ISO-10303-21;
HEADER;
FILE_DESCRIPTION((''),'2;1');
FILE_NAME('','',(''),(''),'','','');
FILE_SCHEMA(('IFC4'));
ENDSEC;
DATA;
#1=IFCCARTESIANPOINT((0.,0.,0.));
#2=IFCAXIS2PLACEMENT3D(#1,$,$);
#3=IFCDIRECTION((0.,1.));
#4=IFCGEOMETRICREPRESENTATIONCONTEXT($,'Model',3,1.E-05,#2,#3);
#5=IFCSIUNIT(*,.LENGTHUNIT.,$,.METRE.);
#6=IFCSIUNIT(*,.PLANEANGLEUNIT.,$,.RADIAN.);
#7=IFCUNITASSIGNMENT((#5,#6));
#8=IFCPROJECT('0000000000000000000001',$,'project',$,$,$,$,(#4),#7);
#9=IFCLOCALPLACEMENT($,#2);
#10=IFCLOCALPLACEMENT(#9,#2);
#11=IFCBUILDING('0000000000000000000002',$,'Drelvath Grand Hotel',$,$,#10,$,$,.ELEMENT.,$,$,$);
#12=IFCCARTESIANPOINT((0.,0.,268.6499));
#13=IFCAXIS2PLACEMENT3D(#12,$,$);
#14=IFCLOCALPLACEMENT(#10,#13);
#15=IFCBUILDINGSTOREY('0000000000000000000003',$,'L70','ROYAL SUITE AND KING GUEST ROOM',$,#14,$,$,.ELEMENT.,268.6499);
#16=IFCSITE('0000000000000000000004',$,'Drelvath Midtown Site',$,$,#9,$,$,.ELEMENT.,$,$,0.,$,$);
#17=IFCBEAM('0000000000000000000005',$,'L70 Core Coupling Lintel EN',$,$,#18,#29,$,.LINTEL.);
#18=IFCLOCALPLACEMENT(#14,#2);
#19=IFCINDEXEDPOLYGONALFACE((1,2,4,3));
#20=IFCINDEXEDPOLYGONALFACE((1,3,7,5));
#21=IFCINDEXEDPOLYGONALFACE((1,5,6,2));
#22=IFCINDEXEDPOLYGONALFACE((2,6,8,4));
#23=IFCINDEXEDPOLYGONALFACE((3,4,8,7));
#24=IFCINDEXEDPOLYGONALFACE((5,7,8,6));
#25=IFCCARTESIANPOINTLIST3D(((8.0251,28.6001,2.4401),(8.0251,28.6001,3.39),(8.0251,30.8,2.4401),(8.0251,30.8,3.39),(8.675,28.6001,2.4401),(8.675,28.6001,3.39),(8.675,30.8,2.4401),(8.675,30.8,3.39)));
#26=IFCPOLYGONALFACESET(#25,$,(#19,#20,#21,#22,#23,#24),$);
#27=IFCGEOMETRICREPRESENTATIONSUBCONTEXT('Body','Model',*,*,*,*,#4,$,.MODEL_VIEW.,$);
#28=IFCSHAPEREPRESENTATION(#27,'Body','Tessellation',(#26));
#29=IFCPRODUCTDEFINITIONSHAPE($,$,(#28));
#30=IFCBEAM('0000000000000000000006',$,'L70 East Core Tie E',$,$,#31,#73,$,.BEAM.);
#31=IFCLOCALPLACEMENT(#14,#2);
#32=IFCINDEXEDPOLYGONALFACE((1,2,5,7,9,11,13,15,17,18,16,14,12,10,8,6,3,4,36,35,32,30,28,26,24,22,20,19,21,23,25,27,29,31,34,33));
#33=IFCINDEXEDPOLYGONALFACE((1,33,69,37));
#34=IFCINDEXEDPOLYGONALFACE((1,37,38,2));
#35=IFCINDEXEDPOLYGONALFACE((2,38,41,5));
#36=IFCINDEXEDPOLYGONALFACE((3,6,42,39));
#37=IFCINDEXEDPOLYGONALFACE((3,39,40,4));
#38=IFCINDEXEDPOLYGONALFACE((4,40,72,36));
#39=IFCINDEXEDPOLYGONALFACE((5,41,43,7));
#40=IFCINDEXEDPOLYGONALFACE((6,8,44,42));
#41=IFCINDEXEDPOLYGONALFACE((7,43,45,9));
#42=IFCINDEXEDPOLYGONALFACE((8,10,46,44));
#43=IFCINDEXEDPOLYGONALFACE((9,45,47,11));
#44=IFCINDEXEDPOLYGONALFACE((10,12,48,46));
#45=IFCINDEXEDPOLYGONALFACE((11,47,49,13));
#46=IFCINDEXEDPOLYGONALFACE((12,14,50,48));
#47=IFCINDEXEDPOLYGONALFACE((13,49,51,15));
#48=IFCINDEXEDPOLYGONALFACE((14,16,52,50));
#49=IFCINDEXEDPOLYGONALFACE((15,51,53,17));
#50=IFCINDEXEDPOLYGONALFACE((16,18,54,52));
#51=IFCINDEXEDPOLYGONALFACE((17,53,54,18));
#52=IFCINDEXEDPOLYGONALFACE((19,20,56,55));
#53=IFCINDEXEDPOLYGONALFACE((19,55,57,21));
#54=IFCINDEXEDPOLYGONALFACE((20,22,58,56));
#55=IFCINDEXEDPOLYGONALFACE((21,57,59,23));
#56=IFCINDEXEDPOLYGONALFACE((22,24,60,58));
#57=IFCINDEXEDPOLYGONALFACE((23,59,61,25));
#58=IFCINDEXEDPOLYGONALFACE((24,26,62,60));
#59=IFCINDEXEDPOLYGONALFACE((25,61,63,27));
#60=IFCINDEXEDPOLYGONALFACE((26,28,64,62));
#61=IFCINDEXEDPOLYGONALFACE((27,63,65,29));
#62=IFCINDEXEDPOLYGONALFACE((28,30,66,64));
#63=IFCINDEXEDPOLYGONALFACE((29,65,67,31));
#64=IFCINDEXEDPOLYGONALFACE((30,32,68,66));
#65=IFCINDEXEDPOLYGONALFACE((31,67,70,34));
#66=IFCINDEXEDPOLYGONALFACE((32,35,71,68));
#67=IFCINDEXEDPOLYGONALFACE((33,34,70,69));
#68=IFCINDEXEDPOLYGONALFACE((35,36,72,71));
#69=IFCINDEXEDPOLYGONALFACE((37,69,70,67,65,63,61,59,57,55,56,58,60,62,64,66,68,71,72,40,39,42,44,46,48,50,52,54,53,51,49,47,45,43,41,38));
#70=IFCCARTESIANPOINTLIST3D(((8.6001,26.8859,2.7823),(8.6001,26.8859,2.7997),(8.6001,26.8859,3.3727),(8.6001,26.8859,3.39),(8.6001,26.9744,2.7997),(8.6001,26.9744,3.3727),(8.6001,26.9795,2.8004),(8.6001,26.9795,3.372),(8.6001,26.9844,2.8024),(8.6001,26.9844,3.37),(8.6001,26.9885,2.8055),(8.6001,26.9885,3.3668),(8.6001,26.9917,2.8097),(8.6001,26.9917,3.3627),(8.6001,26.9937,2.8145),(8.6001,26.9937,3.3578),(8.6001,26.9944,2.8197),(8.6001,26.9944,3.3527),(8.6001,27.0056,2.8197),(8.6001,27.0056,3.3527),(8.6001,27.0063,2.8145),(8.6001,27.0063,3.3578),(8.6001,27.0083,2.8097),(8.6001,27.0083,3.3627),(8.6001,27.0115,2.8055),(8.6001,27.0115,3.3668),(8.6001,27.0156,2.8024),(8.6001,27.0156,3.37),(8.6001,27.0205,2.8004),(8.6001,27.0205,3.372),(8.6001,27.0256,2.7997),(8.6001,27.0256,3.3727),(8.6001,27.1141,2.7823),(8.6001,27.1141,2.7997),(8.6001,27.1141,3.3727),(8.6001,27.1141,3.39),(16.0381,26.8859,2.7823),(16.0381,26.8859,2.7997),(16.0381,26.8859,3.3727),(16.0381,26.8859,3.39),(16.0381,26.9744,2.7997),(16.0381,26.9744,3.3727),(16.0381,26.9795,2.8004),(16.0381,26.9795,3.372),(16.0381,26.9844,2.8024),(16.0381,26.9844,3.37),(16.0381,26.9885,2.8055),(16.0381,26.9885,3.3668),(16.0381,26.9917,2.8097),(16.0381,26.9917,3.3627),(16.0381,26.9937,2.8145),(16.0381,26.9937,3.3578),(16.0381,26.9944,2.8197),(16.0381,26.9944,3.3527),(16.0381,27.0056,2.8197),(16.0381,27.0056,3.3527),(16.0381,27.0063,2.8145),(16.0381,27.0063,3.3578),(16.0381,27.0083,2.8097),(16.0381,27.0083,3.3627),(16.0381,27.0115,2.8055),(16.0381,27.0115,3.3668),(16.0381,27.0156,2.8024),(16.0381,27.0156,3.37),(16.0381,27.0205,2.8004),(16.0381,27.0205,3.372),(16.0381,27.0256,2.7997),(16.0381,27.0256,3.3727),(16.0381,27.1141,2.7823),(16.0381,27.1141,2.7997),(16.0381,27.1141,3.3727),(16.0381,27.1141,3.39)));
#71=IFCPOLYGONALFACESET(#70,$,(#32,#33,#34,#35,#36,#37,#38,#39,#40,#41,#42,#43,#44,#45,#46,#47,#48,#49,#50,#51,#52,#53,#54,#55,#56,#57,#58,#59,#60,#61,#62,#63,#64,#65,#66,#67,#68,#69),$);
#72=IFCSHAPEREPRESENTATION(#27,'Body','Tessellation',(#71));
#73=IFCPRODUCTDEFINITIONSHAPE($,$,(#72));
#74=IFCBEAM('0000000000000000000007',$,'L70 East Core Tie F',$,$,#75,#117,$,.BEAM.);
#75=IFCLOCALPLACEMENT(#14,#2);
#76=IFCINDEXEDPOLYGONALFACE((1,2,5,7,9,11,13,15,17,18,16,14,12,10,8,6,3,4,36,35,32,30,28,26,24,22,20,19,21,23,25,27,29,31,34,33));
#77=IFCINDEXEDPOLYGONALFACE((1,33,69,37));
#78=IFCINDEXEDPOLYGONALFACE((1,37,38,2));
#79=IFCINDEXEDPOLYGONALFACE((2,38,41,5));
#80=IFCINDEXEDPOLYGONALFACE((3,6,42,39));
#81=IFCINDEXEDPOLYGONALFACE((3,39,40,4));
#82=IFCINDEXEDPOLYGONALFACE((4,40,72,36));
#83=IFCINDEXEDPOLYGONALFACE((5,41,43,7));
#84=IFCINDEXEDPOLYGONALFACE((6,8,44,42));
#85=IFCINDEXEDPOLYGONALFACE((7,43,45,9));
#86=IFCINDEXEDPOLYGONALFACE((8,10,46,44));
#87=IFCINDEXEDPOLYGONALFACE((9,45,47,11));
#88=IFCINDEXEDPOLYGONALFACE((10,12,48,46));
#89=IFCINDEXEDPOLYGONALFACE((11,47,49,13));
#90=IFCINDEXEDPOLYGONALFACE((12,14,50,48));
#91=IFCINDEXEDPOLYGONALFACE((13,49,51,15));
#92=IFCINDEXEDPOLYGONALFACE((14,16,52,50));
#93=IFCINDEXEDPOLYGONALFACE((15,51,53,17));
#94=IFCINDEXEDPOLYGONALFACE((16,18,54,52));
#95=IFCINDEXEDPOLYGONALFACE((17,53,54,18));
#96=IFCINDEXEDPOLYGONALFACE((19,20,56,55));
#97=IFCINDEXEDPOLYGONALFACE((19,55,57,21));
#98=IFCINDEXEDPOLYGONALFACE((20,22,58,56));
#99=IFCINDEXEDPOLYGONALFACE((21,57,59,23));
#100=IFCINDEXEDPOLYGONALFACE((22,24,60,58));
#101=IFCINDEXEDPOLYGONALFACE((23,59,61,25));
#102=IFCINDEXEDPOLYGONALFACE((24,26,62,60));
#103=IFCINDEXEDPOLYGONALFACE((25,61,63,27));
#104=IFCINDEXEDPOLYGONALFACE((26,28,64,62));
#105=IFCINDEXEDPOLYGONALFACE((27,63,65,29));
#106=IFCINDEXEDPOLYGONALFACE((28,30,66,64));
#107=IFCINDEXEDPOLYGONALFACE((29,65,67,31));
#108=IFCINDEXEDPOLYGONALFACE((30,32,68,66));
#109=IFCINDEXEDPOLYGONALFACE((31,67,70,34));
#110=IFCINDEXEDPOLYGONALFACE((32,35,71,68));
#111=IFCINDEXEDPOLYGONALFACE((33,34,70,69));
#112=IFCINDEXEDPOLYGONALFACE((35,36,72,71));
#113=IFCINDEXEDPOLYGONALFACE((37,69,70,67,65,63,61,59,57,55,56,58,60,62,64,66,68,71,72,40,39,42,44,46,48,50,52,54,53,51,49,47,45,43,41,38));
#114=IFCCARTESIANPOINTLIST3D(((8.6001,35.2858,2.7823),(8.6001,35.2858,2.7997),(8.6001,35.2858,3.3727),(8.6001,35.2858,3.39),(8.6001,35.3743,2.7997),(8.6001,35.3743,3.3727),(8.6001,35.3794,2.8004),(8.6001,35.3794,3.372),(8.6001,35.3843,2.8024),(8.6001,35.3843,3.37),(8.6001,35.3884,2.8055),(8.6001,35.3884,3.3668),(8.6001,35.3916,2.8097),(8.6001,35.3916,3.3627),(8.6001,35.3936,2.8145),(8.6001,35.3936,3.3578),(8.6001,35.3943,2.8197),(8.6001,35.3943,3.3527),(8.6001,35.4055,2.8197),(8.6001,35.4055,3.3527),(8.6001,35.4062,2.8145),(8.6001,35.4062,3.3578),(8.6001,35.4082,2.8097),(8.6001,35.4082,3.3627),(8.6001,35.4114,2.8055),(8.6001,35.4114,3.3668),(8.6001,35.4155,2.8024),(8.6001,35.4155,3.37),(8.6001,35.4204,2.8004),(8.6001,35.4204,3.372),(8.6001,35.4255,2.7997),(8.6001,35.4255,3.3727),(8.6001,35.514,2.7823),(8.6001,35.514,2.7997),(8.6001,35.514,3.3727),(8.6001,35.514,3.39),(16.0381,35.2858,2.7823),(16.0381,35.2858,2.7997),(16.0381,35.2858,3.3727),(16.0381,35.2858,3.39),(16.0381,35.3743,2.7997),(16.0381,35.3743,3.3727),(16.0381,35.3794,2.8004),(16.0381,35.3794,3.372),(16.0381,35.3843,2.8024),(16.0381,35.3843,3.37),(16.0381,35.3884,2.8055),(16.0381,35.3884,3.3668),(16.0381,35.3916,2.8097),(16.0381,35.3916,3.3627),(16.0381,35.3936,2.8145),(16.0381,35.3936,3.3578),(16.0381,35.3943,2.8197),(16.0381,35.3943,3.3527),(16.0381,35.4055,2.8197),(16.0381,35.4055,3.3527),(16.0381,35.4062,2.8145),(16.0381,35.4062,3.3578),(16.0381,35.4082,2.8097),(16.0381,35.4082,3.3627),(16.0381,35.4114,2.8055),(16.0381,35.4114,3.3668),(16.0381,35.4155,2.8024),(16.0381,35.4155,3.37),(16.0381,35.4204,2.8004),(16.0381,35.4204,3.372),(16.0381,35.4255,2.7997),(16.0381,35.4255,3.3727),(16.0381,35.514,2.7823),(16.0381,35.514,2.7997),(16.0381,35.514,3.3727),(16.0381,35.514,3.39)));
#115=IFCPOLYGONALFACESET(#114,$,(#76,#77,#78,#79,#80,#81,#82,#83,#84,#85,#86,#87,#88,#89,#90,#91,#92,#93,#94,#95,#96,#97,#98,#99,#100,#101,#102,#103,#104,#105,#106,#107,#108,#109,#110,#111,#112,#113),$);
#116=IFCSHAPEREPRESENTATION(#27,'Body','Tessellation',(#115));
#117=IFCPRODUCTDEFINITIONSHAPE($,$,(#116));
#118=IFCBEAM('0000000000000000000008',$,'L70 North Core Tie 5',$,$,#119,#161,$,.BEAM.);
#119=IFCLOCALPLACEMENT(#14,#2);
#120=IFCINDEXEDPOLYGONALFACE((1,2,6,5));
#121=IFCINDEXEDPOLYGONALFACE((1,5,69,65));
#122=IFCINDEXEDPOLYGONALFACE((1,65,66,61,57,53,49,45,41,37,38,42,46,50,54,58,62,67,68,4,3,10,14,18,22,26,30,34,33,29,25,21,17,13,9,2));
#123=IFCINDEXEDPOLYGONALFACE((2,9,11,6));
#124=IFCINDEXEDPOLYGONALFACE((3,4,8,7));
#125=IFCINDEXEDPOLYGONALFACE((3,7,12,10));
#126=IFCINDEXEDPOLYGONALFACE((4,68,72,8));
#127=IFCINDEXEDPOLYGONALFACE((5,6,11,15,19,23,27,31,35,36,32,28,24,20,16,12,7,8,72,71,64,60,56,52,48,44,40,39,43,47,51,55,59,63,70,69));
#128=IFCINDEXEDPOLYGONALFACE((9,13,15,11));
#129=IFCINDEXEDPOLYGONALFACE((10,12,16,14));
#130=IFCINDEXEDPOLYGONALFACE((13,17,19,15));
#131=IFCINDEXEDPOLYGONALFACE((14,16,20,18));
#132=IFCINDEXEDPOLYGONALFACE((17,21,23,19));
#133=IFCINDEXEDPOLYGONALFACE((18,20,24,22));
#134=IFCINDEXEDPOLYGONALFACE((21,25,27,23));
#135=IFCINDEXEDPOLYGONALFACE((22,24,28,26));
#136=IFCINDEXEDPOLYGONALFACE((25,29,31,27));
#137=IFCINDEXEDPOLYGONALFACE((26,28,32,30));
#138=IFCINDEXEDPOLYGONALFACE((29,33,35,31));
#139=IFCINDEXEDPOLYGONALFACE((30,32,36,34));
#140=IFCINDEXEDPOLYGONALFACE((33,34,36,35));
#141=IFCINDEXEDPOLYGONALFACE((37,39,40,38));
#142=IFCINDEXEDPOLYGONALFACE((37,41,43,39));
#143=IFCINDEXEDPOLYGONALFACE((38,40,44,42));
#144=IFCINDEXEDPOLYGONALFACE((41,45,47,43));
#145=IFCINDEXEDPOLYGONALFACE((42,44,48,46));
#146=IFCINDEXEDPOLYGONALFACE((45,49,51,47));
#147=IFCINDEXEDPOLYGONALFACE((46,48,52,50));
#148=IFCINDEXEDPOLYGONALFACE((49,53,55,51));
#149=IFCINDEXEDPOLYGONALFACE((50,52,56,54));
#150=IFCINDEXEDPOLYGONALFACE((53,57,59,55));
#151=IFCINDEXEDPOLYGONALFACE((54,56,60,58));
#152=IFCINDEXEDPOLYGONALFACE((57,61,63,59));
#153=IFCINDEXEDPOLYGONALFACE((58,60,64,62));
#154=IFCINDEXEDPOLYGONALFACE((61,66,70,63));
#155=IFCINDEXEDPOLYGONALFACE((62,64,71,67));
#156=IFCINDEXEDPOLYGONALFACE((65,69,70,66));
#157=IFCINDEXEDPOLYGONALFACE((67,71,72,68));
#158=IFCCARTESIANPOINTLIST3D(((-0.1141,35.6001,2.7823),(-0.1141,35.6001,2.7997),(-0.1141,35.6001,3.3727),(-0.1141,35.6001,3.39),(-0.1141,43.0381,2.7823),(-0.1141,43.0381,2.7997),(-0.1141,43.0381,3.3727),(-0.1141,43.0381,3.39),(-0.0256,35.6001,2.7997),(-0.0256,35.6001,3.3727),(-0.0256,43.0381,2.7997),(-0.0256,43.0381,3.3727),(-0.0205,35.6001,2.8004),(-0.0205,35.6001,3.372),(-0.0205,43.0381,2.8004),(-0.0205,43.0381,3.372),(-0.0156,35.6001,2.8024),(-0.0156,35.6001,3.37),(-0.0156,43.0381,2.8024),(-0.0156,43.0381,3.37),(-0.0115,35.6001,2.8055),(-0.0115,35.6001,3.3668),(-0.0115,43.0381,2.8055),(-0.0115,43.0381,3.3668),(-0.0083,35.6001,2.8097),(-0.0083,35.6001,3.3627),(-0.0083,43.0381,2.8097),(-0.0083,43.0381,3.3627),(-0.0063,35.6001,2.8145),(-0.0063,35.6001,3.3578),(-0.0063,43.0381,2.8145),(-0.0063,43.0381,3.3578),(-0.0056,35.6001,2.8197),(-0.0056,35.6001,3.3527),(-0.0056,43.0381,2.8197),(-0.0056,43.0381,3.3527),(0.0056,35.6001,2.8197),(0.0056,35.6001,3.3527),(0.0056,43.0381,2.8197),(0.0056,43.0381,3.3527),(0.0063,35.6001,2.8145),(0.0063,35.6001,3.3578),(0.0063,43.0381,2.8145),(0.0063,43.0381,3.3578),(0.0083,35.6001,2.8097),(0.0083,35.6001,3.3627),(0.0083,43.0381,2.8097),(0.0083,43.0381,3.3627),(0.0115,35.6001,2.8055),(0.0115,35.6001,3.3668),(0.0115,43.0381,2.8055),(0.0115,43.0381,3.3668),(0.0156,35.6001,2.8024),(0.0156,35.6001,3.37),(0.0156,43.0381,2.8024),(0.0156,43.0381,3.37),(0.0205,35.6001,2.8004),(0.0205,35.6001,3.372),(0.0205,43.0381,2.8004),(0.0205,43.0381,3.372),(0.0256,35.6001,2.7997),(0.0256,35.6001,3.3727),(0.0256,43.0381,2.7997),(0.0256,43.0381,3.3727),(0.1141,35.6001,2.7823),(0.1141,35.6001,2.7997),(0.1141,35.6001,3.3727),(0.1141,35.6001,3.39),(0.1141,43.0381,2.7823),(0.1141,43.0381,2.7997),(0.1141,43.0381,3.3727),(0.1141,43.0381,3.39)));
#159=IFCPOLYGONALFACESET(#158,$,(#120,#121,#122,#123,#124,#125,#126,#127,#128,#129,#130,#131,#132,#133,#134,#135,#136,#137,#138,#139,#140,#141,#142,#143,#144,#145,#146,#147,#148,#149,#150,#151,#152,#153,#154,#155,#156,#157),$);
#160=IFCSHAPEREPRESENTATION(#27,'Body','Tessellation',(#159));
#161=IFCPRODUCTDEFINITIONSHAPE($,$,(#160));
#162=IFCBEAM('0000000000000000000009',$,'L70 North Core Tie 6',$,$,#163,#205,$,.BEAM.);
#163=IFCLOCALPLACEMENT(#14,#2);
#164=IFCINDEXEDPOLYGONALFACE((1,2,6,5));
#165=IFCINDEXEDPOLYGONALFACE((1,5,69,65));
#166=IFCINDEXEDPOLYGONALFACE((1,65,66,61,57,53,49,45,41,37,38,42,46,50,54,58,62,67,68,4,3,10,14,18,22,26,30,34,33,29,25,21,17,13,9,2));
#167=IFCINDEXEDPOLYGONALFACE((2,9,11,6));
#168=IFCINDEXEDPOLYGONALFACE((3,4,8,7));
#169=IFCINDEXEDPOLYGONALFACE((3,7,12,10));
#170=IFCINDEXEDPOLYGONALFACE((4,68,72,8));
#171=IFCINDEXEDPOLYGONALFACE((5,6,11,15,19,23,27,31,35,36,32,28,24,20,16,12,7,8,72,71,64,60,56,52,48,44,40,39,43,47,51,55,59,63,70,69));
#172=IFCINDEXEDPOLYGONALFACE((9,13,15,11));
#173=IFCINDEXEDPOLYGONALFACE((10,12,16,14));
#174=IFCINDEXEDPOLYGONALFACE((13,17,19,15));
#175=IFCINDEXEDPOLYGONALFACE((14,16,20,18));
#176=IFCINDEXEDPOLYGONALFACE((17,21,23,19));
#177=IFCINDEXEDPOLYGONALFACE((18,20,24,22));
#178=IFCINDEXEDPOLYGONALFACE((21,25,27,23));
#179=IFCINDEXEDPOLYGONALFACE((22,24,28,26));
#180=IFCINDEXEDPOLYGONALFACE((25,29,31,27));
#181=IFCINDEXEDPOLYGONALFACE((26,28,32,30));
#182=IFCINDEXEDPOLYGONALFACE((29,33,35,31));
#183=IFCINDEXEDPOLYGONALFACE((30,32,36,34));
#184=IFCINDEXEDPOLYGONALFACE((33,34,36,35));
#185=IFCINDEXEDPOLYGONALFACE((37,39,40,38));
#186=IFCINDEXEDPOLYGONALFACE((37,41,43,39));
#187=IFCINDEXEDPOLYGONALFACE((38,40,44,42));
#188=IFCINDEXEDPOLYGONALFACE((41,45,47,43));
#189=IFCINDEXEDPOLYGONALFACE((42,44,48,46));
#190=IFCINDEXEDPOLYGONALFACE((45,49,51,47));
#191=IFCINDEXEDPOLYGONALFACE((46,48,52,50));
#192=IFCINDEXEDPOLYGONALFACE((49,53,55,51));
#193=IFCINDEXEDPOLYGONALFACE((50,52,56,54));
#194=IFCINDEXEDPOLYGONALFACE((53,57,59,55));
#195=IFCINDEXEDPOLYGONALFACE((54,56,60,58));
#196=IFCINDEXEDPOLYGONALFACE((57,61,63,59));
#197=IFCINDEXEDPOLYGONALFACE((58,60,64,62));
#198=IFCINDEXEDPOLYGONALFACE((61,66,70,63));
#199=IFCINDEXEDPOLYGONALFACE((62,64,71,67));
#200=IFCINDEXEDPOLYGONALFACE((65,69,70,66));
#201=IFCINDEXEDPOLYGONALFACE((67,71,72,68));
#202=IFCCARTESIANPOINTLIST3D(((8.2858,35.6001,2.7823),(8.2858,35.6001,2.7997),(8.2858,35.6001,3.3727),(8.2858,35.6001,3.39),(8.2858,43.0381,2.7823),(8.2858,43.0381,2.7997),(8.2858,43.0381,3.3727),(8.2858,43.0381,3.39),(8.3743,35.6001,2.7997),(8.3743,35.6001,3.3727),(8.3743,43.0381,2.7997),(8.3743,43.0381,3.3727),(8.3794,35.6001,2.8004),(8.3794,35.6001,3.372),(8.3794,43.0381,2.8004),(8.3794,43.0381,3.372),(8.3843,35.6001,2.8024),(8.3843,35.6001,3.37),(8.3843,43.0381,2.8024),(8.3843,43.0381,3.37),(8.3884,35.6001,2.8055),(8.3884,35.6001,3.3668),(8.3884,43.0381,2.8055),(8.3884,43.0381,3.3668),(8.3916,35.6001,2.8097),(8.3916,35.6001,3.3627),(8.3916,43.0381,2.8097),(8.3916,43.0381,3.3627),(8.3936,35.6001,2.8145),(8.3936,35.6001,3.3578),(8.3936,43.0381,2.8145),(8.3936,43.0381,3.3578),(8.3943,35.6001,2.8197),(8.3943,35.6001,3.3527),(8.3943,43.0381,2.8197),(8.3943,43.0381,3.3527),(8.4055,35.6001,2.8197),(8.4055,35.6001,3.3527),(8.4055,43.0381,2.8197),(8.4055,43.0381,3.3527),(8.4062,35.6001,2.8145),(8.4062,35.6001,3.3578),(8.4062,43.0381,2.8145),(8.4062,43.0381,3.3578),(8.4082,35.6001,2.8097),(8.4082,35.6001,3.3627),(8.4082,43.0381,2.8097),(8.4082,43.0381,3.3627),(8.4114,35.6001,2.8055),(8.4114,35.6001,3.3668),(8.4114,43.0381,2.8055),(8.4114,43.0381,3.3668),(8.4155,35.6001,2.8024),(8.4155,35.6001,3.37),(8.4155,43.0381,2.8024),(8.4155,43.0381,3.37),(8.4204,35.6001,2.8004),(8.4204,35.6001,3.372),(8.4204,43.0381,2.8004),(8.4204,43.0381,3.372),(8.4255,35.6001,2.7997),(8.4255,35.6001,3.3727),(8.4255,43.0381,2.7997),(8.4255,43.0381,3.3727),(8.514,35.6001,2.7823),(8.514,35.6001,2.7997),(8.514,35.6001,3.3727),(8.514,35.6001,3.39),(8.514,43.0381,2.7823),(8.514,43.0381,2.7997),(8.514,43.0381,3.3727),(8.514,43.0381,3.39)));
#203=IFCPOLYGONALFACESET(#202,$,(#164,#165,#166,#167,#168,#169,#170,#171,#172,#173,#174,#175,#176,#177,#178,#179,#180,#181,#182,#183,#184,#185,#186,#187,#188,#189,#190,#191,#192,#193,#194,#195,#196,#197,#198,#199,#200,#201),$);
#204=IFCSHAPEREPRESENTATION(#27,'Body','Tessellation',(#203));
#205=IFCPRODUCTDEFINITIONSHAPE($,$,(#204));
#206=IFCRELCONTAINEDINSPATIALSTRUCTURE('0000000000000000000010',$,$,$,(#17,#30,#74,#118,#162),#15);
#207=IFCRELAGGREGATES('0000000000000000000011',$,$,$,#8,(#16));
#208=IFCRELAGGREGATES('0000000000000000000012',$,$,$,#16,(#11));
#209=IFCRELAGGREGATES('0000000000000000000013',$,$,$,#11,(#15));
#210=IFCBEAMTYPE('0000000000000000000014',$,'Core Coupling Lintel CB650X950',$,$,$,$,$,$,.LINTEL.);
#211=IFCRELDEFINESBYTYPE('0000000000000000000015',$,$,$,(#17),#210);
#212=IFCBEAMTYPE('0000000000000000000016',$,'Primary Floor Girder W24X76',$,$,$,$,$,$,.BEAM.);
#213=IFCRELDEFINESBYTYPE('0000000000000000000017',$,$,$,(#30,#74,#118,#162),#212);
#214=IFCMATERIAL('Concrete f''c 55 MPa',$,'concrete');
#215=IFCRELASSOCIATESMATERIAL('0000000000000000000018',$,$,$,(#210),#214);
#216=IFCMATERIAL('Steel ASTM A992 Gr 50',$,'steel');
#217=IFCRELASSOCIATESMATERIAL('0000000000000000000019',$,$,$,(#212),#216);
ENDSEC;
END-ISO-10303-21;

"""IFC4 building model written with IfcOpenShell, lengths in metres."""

from ifc_helpers import new_model, si_unit, direction, frame, origin, origin_2d, place, context, subcontext, project, spatial, rectangle, i_section, extrude, material, material_profile, profile_set, type_object, element, save


model = new_model("IFC4")

# Units and contexts
model_context = context("Model", 3, precision=1e-05, world=origin(), true_north=direction((0.0, 1.0)))
body_context = subcontext(model_context, "Body", "Model", "MODEL_VIEW")
ifc_project = project(units=[si_unit("LENGTHUNIT", "METRE"), si_unit("PLANEANGLEUNIT", "RADIAN")], contexts=[model_context])

# Site, building, storey
site_placement = place(None, origin())
site = spatial("IfcSite", under=ifc_project, at=site_placement, Name="Drelvath Midtown Site", CompositionType="ELEMENT", RefElevation=0.0)
building_placement = place(site_placement, origin())
building = spatial("IfcBuilding", under=site, at=building_placement, Name="Drelvath Grand Hotel", CompositionType="ELEMENT")
storey_placement = place(building_placement, frame((0.0, 0.0, 268.6499)))
storey = spatial("IfcBuildingStorey", under=building, at=storey_placement, Name="L70", Description="ROYAL SUITE AND KING GUEST ROOM", CompositionType="ELEMENT", Elevation=268.6499)

# Beams
ifc_material_1 = material(Name="Concrete f'c 55 MPa", Category="concrete")
ifc_material_profile_1 = material_profile(ifc_material_1, rectangle(XDim=0.6499, YDim=0.95, at=origin_2d()), Name="CB650X950")
ifc_profile_set_1 = profile_set([ifc_material_profile_1], Name="Concrete f'c 55 MPa")
beam_type_1 = type_object("IfcBeamType", Name="Core Coupling Lintel CB650X950", PredefinedType="LINTEL", material=ifc_profile_set_1)
beam_placement = place(storey_placement, frame((8.3501, 28.6001, 2.915), z_axis=(0.0, 1.0, 0.0), x_axis=(-1.0, 0.0, 0.0)))
element("IfcBeam", 1, at=beam_placement, inside=storey, type_object=beam_type_1, Name="L70 Core Coupling Lintel EN", PredefinedType="LINTEL", context=body_context, shape_type="SweptSolid", body=[
    extrude(rectangle(XDim=0.6499, YDim=0.95, at=origin_2d()), origin(), (0.0, 0.0, 1.0), 2.2),
])
ifc_material_2 = material(Name="Steel ASTM A992 Gr 50", Category="steel")
ifc_material_profile_2 = material_profile(ifc_material_2, i_section(OverallWidth=0.2283, OverallDepth=0.6077, WebThickness=0.0112, FlangeThickness=0.0173, FilletRadius=0.02, at=origin_2d()), Name="W24X76")
ifc_profile_set_2 = profile_set([ifc_material_profile_2], Name="Steel ASTM A992 Gr 50")
beam_type_2 = type_object("IfcBeamType", Name="Primary Floor Girder W24X76", PredefinedType="BEAM", material=ifc_profile_set_2)
for number, where, z_axis, x_axis, name in (
    (2, (8.6001, 27.0, 3.0862), (1.0, 0.0, 0.0), (0.0, 1.0, 0.0), "L70 East Core Tie E"),
    (3, (8.6001, 35.3999, 3.0862), (1.0, 0.0, 0.0), (0.0, 1.0, 0.0), "L70 East Core Tie F"),
    (4, (0.0, 35.6001, 3.0862), (0.0, 1.0, 0.0), (-1.0, 0.0, 0.0), "L70 North Core Tie 5"),
    (5, (8.3999, 35.6001, 3.0862), (0.0, 1.0, 0.0), (-1.0, 0.0, 0.0), "L70 North Core Tie 6"),
):
    element("IfcBeam", number, at=place(storey_placement, frame(where, z_axis=z_axis, x_axis=x_axis)), inside=storey, type_object=beam_type_2, Name=name, PredefinedType="BEAM", context=body_context, shape_type="SweptSolid", body=[
        extrude(i_section(OverallWidth=0.2283, OverallDepth=0.6077, WebThickness=0.0112, FlangeThickness=0.0173, FilletRadius=0.02, at=origin_2d()), origin(), (0.0, 0.0, 1.0), 7.438),
    ])

save(model, "model.ifc")
